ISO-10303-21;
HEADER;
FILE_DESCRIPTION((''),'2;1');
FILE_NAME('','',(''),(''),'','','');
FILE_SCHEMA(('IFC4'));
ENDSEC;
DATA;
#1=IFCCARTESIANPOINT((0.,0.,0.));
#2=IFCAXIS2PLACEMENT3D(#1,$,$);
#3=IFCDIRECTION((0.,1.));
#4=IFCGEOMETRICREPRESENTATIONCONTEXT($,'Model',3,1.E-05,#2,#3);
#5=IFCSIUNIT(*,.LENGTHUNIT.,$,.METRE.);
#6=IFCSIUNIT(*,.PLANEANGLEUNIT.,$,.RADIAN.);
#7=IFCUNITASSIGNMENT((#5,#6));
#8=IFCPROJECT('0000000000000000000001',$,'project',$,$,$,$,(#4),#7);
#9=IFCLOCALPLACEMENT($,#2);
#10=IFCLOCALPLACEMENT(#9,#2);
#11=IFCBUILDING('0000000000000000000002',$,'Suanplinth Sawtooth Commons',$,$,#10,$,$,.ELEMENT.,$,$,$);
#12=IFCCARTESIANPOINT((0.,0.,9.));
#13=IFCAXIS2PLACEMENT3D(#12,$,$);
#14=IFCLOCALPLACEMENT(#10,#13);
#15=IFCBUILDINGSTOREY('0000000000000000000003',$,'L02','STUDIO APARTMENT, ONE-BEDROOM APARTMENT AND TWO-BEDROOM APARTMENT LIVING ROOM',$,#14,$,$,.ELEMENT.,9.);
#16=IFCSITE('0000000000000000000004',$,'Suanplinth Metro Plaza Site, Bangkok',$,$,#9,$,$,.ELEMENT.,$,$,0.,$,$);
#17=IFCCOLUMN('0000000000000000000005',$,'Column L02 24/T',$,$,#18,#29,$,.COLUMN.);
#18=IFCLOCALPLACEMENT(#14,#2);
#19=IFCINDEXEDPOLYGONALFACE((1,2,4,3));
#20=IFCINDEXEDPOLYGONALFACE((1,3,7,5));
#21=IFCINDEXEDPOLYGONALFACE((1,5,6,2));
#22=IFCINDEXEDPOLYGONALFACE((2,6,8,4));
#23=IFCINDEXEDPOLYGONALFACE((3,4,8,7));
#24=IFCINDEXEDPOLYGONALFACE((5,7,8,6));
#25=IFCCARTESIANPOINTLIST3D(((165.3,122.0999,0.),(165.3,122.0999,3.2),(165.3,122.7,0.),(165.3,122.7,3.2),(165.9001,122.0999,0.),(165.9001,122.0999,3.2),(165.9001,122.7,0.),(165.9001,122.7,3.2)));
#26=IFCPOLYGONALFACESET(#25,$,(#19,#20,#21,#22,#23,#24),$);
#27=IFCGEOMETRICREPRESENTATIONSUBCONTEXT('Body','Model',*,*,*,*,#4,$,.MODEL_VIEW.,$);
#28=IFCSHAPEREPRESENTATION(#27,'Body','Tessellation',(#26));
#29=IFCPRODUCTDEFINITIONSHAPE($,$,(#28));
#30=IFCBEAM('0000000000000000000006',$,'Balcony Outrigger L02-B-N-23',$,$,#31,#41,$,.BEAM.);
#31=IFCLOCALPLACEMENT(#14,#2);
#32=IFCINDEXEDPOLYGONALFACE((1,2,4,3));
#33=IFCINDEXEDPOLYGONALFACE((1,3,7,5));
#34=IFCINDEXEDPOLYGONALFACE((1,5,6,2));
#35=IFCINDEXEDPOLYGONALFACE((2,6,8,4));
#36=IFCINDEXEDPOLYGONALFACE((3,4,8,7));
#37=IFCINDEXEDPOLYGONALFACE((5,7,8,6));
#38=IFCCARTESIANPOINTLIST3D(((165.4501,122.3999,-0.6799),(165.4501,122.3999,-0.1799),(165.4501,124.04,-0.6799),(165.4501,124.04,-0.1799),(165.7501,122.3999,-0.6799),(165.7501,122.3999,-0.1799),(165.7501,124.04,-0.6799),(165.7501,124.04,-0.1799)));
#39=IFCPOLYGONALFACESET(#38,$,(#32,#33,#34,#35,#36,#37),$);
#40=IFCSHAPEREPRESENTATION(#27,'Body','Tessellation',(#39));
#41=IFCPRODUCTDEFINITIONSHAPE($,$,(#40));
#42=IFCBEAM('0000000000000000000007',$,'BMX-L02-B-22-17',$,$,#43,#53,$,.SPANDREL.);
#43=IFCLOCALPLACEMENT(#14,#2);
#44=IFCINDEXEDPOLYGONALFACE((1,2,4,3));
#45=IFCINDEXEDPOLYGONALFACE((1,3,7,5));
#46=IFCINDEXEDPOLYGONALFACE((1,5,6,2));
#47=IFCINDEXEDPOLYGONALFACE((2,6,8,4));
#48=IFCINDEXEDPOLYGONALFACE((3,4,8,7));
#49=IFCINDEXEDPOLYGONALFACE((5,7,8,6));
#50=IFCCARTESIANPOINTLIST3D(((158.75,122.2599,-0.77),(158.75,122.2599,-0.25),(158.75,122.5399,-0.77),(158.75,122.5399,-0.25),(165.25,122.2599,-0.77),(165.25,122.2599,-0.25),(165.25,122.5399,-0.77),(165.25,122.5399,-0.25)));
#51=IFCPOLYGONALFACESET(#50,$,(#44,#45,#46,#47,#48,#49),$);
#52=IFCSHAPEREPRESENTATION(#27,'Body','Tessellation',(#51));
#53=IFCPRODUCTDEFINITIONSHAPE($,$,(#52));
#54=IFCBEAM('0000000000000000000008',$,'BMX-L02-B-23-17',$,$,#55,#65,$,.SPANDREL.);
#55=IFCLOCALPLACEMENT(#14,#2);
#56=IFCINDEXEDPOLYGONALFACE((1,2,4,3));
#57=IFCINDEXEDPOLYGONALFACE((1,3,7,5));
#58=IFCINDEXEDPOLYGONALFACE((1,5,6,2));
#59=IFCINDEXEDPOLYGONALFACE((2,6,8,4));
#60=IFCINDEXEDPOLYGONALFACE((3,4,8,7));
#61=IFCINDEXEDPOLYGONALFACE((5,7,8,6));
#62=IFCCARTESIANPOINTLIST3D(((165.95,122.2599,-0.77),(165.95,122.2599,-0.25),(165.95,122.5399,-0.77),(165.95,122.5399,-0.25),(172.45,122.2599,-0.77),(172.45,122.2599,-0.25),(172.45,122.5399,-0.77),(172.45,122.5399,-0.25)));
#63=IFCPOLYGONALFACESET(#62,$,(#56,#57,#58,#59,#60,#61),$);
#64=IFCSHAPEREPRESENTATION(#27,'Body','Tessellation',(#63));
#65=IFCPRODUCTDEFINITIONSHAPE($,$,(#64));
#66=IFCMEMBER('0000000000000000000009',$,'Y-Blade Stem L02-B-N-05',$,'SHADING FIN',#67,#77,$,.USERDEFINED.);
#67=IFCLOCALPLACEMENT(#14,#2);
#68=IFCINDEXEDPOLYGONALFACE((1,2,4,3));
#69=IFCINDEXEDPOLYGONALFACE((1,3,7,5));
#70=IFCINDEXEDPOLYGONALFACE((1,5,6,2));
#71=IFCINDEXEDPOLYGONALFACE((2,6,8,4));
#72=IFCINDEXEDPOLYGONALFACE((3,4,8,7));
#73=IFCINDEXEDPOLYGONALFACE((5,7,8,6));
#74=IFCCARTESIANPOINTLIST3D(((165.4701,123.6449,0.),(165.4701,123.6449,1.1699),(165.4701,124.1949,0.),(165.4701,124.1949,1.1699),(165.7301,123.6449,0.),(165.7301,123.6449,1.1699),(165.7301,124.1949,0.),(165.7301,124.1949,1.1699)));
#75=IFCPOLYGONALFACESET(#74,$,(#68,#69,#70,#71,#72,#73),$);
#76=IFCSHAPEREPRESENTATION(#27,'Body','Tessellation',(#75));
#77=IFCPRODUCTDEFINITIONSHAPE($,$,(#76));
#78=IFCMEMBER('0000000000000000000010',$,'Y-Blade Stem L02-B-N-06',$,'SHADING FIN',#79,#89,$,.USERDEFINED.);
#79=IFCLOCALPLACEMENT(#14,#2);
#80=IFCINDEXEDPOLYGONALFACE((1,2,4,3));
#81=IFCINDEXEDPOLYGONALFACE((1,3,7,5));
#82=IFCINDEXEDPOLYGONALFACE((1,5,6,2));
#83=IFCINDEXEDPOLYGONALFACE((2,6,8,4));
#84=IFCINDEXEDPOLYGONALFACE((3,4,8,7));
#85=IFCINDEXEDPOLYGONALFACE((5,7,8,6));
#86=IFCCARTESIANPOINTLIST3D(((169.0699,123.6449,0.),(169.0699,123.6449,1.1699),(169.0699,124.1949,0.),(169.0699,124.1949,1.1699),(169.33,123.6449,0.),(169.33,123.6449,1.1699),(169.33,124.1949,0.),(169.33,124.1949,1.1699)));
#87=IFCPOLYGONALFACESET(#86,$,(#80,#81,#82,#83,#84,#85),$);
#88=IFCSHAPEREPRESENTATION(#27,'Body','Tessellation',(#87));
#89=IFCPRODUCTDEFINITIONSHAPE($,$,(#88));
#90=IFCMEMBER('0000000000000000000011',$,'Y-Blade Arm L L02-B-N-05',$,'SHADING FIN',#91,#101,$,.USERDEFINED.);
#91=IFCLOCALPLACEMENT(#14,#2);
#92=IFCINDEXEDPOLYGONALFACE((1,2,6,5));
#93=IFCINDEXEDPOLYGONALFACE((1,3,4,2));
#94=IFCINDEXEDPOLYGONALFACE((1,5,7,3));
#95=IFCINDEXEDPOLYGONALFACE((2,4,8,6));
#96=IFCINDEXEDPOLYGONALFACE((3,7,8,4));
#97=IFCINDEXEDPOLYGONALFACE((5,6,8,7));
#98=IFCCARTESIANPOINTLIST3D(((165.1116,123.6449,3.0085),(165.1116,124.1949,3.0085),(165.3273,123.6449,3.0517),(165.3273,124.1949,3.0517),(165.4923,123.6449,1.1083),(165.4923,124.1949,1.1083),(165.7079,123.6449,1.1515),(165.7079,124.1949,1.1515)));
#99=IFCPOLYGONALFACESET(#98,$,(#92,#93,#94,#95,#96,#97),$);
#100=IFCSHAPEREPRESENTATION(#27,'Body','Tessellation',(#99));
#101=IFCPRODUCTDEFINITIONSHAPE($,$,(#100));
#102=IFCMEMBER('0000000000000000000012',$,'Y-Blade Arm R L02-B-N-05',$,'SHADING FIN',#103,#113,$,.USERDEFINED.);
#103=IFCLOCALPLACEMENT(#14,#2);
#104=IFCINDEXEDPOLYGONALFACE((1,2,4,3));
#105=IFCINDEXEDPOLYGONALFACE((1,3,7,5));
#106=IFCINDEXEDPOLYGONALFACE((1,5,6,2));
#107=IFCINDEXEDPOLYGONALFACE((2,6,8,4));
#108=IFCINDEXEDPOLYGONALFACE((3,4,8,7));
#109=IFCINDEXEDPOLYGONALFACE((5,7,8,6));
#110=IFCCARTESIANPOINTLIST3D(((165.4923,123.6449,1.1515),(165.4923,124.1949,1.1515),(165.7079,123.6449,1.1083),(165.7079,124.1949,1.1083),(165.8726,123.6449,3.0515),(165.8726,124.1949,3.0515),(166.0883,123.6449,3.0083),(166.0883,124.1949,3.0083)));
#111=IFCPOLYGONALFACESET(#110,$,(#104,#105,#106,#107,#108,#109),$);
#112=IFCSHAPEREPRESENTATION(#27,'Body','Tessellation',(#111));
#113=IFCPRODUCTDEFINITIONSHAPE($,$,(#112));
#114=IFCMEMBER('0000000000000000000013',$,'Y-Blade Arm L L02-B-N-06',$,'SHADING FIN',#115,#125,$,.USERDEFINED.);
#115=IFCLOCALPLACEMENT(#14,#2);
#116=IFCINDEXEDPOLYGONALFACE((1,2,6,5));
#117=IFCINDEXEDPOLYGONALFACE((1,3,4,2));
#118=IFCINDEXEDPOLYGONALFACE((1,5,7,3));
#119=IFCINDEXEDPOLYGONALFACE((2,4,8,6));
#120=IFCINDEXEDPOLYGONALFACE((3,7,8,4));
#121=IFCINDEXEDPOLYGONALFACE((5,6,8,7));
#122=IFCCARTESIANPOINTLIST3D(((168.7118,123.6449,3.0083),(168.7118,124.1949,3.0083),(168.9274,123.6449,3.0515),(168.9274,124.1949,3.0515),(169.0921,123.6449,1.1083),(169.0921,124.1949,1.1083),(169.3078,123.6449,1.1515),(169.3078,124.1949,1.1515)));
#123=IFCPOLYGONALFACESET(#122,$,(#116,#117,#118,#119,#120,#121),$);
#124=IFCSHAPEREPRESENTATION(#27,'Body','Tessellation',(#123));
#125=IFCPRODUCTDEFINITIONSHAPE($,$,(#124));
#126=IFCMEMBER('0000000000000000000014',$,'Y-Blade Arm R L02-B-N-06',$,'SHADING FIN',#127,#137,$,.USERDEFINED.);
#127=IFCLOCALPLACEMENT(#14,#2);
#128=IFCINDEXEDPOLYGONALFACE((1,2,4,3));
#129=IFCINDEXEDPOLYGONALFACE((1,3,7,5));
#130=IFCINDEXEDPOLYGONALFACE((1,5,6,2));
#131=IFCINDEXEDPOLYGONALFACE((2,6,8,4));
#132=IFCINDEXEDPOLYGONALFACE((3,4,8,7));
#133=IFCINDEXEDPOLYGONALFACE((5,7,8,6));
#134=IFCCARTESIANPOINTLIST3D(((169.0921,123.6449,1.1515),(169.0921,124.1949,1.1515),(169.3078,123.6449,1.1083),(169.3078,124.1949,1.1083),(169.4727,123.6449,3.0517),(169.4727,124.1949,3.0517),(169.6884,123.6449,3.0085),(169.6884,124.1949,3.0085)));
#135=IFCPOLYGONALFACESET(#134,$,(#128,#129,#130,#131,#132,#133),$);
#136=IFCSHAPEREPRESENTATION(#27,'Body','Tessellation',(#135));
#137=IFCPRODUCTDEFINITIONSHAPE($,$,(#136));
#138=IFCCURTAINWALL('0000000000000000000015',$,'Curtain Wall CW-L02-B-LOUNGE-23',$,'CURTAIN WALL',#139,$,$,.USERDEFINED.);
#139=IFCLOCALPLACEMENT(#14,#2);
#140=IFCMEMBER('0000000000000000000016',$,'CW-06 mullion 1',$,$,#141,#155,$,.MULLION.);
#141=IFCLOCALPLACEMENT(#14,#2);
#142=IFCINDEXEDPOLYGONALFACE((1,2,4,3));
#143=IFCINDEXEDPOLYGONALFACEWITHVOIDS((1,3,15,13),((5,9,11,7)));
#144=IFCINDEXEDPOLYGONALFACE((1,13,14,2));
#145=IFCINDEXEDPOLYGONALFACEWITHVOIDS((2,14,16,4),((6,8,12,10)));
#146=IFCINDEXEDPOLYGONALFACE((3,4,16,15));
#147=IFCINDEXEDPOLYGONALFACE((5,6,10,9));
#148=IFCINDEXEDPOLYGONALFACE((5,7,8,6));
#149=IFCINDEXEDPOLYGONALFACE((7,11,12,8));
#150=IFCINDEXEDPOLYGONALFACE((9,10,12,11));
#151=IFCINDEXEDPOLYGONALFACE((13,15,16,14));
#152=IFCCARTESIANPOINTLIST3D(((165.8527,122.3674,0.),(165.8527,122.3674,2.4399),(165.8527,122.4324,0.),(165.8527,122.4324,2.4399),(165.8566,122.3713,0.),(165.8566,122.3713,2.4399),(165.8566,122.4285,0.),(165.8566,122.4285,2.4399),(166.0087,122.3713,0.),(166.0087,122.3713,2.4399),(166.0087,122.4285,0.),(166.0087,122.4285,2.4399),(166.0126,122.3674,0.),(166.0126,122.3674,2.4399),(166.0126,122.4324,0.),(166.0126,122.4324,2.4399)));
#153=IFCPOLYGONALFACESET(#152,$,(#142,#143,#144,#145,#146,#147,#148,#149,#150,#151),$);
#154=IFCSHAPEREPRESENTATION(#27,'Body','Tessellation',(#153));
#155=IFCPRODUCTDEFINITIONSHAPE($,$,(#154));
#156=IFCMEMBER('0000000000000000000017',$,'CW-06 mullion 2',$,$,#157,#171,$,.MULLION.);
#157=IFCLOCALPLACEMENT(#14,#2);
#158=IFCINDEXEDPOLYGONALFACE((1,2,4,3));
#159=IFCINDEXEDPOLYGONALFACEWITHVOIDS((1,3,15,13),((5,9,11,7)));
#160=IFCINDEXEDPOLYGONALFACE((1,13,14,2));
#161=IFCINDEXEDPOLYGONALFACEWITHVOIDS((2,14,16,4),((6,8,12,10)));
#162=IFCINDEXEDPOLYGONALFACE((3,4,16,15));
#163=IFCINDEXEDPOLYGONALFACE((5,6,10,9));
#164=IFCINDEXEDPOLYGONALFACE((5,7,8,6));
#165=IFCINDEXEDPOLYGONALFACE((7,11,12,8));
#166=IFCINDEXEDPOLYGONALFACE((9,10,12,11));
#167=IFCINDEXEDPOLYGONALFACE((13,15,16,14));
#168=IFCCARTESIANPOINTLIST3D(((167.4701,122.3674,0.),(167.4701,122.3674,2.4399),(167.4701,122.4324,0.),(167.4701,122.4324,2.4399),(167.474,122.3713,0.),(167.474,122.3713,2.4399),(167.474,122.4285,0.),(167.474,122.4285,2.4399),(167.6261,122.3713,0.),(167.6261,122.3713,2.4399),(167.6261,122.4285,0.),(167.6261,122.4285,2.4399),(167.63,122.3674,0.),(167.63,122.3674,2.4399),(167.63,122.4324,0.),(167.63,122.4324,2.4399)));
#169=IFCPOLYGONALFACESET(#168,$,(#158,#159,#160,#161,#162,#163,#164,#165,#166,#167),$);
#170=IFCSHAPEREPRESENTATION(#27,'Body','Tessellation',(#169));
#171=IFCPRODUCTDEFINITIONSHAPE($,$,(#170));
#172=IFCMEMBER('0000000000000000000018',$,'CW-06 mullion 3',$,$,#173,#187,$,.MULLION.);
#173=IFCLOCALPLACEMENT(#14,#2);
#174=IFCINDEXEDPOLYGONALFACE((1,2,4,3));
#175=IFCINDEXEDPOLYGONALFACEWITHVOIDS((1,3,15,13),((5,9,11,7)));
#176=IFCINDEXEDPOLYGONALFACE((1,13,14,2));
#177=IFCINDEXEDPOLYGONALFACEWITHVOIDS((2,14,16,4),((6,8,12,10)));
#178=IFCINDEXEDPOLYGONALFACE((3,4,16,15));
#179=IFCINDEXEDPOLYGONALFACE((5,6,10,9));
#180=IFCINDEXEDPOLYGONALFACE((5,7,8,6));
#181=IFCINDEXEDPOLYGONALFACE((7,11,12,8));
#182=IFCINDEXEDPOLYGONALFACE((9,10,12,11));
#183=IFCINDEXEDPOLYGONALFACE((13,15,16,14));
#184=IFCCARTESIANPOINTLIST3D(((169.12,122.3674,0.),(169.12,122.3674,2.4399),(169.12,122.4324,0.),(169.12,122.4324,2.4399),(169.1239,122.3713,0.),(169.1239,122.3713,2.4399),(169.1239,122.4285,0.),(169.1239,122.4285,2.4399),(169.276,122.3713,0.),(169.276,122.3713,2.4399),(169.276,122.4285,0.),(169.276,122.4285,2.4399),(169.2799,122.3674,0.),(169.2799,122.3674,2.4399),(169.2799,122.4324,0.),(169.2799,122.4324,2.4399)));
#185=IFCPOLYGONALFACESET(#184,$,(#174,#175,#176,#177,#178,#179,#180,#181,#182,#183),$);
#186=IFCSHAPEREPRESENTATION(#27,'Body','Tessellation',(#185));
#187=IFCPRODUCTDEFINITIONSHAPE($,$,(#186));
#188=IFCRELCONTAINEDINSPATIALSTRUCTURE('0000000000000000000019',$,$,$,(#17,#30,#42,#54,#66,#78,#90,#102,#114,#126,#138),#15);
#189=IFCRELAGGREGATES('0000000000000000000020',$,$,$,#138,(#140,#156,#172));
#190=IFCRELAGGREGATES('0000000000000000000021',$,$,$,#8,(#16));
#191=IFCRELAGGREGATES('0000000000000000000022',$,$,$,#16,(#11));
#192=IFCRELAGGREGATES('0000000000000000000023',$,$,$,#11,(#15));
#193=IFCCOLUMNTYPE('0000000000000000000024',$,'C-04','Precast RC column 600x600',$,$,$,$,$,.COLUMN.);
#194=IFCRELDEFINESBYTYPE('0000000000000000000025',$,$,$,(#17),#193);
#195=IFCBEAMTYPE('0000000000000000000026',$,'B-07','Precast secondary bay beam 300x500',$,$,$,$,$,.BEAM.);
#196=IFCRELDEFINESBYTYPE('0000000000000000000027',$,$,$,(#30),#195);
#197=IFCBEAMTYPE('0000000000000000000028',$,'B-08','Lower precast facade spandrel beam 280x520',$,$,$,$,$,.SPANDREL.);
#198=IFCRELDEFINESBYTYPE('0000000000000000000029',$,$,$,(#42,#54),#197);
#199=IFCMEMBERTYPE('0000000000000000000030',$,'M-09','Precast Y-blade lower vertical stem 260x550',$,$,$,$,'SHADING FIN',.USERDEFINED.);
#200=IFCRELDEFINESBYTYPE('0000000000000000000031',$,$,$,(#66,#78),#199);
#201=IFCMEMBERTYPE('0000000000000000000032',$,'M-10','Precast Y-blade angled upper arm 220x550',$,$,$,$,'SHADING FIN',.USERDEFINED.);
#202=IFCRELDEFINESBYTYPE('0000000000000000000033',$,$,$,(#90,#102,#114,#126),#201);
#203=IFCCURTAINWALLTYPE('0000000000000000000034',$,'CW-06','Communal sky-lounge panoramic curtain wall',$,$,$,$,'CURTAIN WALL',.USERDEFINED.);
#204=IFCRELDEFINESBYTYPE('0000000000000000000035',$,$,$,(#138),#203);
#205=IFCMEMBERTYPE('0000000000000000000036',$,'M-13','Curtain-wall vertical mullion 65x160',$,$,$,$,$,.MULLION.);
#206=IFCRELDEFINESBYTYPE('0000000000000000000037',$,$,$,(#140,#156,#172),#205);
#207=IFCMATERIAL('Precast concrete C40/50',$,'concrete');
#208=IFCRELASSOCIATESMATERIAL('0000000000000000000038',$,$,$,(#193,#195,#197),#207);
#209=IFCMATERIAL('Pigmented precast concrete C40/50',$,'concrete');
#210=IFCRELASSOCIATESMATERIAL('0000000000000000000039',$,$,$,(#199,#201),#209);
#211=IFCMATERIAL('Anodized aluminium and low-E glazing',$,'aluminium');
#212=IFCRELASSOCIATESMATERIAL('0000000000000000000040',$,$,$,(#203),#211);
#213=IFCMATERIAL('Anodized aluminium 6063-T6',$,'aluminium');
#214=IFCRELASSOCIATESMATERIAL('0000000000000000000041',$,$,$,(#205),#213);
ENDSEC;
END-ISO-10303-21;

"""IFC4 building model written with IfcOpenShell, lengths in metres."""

from ifc_helpers import new_model, si_unit, direction, frame, origin, origin_2d, place, context, subcontext, project, spatial, rectangle, hollow_rectangle, extrude, material, material_profile, profile_set, type_object, element, aggregate, save


model = new_model("IFC4")

# Units and contexts
model_context = context("Model", 3, precision=1e-05, world=origin(), true_north=direction((0.0, 1.0)))
body_context = subcontext(model_context, "Body", "Model", "MODEL_VIEW")
ifc_project = project(units=[si_unit("LENGTHUNIT", "METRE"), si_unit("PLANEANGLEUNIT", "RADIAN")], contexts=[model_context])

# Site, building, storey
site_placement = place(None, origin())
site = spatial("IfcSite", under=ifc_project, at=site_placement, Name="Suanplinth Metro Plaza Site, Bangkok", CompositionType="ELEMENT", RefElevation=0.0)
building_placement = place(site_placement, origin())
building = spatial("IfcBuilding", under=site, at=building_placement, Name="Suanplinth Sawtooth Commons", CompositionType="ELEMENT")
storey_placement = place(building_placement, frame((0.0, 0.0, 9.0)))
storey = spatial("IfcBuildingStorey", under=building, at=storey_placement, Name="L02", Description="STUDIO APARTMENT, ONE-BEDROOM APARTMENT AND TWO-BEDROOM APARTMENT LIVING ROOM", CompositionType="ELEMENT", Elevation=9.0)

# Column
ifc_material_1 = material(Name="Precast concrete C40/50", Category="concrete")
ifc_material_profile_1 = material_profile(ifc_material_1, rectangle(XDim=0.6001, YDim=0.6001, at=origin_2d()), Name="PC-COL 600x600")
ifc_profile_set_1 = profile_set([ifc_material_profile_1], Name="Precast concrete C40/50")
column_type = type_object("IfcColumnType", Name="C-04", Description="Precast RC column 600x600", PredefinedType="COLUMN", material=ifc_profile_set_1)
column_placement = place(storey_placement, frame((165.6001, 122.3999, 0.0), z_axis=(0.0, 0.0, 1.0), x_axis=(1.0, 0.0, 0.0)))
element("IfcColumn", 1, at=column_placement, inside=storey, type_object=column_type, Name="Column L02 24/T", PredefinedType="COLUMN", context=body_context, shape_type="SweptSolid", body=[
    extrude(rectangle(XDim=0.6001, YDim=0.6001, at=origin_2d()), origin(), (0.0, 0.0, 1.0), 3.2),
])

# Beams
ifc_material_profile_2 = material_profile(ifc_material_1, rectangle(XDim=0.3, YDim=0.5, at=origin_2d()), Name="PC-BM 300x500")
ifc_profile_set_2 = profile_set([ifc_material_profile_2], Name="Precast concrete C40/50")
beam_type_1 = type_object("IfcBeamType", Name="B-07", Description="Precast secondary bay beam 300x500", PredefinedType="BEAM", material=ifc_profile_set_2)
beam_placement = place(storey_placement, frame((165.6001, 122.3999, -0.4299), z_axis=(0.0, 1.0, 0.0), x_axis=(-1.0, 0.0, 0.0)))
element("IfcBeam", 2, at=beam_placement, inside=storey, type_object=beam_type_1, Name="Balcony Outrigger L02-B-N-23", PredefinedType="BEAM", context=body_context, shape_type="SweptSolid", body=[
    extrude(rectangle(XDim=0.3, YDim=0.5, at=origin_2d()), origin(), (0.0, 0.0, 1.0), 1.6401),
])
ifc_material_profile_3 = material_profile(ifc_material_1, rectangle(XDim=0.28, YDim=0.52, at=origin_2d()), Name="PC-SP 280x520")
ifc_profile_set_3 = profile_set([ifc_material_profile_3], Name="Precast concrete C40/50")
beam_type_2 = type_object("IfcBeamType", Name="B-08", Description="Lower precast facade spandrel beam 280x520", PredefinedType="SPANDREL", material=ifc_profile_set_3)
for number, where, z_axis, x_axis, name in (
    (3, (158.75, 122.3999, -0.51), (1.0, 0.0, 0.0), (0.0, 1.0, 0.0), "BMX-L02-B-22-17"),
    (4, (165.95, 122.3999, -0.51), (1.0, 0.0, 0.0), (0.0, 1.0, 0.0), "BMX-L02-B-23-17"),
):
    element("IfcBeam", number, at=place(storey_placement, frame(where, z_axis=z_axis, x_axis=x_axis)), inside=storey, type_object=beam_type_2, Name=name, PredefinedType="SPANDREL", context=body_context, shape_type="SweptSolid", body=[
        extrude(rectangle(XDim=0.28, YDim=0.52, at=origin_2d()), origin(), (0.0, 0.0, 1.0), 6.5),
    ])

# Members
ifc_material_2 = material(Name="Pigmented precast concrete C40/50", Category="concrete")
ifc_material_profile_4 = material_profile(ifc_material_2, rectangle(XDim=0.26, YDim=0.55, at=origin_2d()), Name="PC-FIN 260x550")
ifc_profile_set_4 = profile_set([ifc_material_profile_4], Name="Pigmented precast concrete C40/50")
member_type_1 = type_object("IfcMemberType", Name="M-09", Description="Precast Y-blade lower vertical stem 260x550", ElementType="SHADING FIN", PredefinedType="USERDEFINED", material=ifc_profile_set_4)
for number, where, z_axis, x_axis, name in (
    (5, (165.6001, 123.9199, 0.0), (0.0, 0.0, 1.0), (1.0, 0.0, 0.0), "Y-Blade Stem L02-B-N-05"),
    (6, (169.2, 123.9199, 0.0), (0.0, 0.0, 1.0), (1.0, 0.0, 0.0), "Y-Blade Stem L02-B-N-06"),
):
    element("IfcMember", number, at=place(storey_placement, frame(where, z_axis=z_axis, x_axis=x_axis)), inside=storey, type_object=member_type_1, Name=name, ObjectType="SHADING FIN", PredefinedType="USERDEFINED", context=body_context, shape_type="SweptSolid", body=[
        extrude(rectangle(XDim=0.26, YDim=0.55, at=origin_2d()), origin(), (0.0, 0.0, 1.0), 1.1699),
    ])
ifc_material_profile_5 = material_profile(ifc_material_2, rectangle(XDim=0.22, YDim=0.55, at=origin_2d()), Name="PC-FIN 220x550")
ifc_profile_set_5 = profile_set([ifc_material_profile_5], Name="Pigmented precast concrete C40/50")
member_type_2 = type_object("IfcMemberType", Name="M-10", Description="Precast Y-blade angled upper arm 220x550", ElementType="SHADING FIN", PredefinedType="USERDEFINED", material=ifc_profile_set_5)
member_1_placement = place(storey_placement, frame((165.6001, 123.9199, 1.1299), z_axis=(-0.196407, 0.0, 0.980522), x_axis=(0.980522, 0.0, 0.196407)))
element("IfcMember", 7, at=member_1_placement, inside=storey, type_object=member_type_2, Name="Y-Blade Arm L L02-B-N-05", ObjectType="SHADING FIN", PredefinedType="USERDEFINED", context=body_context, shape_type="SweptSolid", body=[
    extrude(rectangle(XDim=0.22, YDim=0.55, at=origin_2d()), origin(), (0.0, 0.0, 1.0), 1.938),
])
for number, where, z_axis, x_axis, name in (
    (8, (165.6001, 123.9199, 1.1299), (0.196286, 0.0, 0.980547), (-0.980547, 0.0, 0.196286), "Y-Blade Arm R L02-B-N-05"),
    (9, (169.2, 123.9199, 1.1299), (-0.196286, 0.0, 0.980547), (0.980547, 0.0, 0.196286), "Y-Blade Arm L L02-B-N-06"),
):
    element("IfcMember", number, at=place(storey_placement, frame(where, z_axis=z_axis, x_axis=x_axis)), inside=storey, type_object=member_type_2, Name=name, ObjectType="SHADING FIN", PredefinedType="USERDEFINED", context=body_context, shape_type="SweptSolid", body=[
        extrude(rectangle(XDim=0.22, YDim=0.55, at=origin_2d()), origin(), (0.0, 0.0, 1.0), 1.9377),
    ])
member_2_placement = place(storey_placement, frame((169.2, 123.9199, 1.1299), z_axis=(0.196407, 0.0, 0.980522), x_axis=(-0.980522, 0.0, 0.196407)))
element("IfcMember", 10, at=member_2_placement, inside=storey, type_object=member_type_2, Name="Y-Blade Arm R L02-B-N-06", ObjectType="SHADING FIN", PredefinedType="USERDEFINED", context=body_context, shape_type="SweptSolid", body=[
    extrude(rectangle(XDim=0.22, YDim=0.55, at=origin_2d()), origin(), (0.0, 0.0, 1.0), 1.938),
])

# Curtain wall, members
ifc_material_3 = material(Name="Anodized aluminium and low-E glazing", Category="aluminium")
curtain_wall_type = type_object("IfcCurtainWallType", Name="CW-06", Description="Communal sky-lounge panoramic curtain wall", ElementType="CURTAIN WALL", PredefinedType="USERDEFINED", material=ifc_material_3)
curtain_wall_placement = place(storey_placement, origin())
curtain_wall = element("IfcCurtainWall", 11, at=curtain_wall_placement, inside=storey, type_object=curtain_wall_type, Name="Curtain Wall CW-L02-B-LOUNGE-23", ObjectType="CURTAIN WALL", PredefinedType="USERDEFINED")
ifc_material_4 = material(Name="Anodized aluminium 6063-T6", Category="aluminium")
ifc_material_profile_6 = material_profile(ifc_material_4, hollow_rectangle(XDim=0.0649, YDim=0.1599, WallThickness=0.0039, at=origin_2d()), Name="ALU-MUL 65x160")
ifc_profile_set_6 = profile_set([ifc_material_profile_6], Name="Anodized aluminium 6063-T6")
member_type_3 = type_object("IfcMemberType", Name="M-13", Description="Curtain-wall vertical mullion 65x160", PredefinedType="MULLION", material=ifc_profile_set_6)
member_3_placement = place(storey_placement, frame((165.9326, 122.3999, 0.0), z_axis=(0.0, 0.0, 1.0), x_axis=(0.0, 1.0, 0.0)))
member_3 = element("IfcMember", 12, at=member_3_placement, type_object=member_type_3, Name="CW-06 mullion 1", PredefinedType="MULLION", context=body_context, shape_type="SweptSolid", body=[
    extrude(hollow_rectangle(XDim=0.0649, YDim=0.1599, WallThickness=0.0039, at=origin_2d()), origin(), (0.0, 0.0, 1.0), 2.4399),
])
member_4_placement = place(storey_placement, frame((167.55, 122.3999, 0.0), z_axis=(0.0, 0.0, 1.0), x_axis=(0.0, 1.0, 0.0)))
member_4 = element("IfcMember", 13, at=member_4_placement, type_object=member_type_3, Name="CW-06 mullion 2", PredefinedType="MULLION", context=body_context, shape_type="SweptSolid", body=[
    extrude(hollow_rectangle(XDim=0.0649, YDim=0.1599, WallThickness=0.0039, at=origin_2d()), origin(), (0.0, 0.0, 1.0), 2.4399),
])
member_5_placement = place(storey_placement, frame((169.2, 122.3999, 0.0), z_axis=(0.0, 0.0, 1.0), x_axis=(0.0, 1.0, 0.0)))
member_5 = element("IfcMember", 14, at=member_5_placement, type_object=member_type_3, Name="CW-06 mullion 3", PredefinedType="MULLION", context=body_context, shape_type="SweptSolid", body=[
    extrude(hollow_rectangle(XDim=0.0649, YDim=0.1599, WallThickness=0.0039, at=origin_2d()), origin(), (0.0, 0.0, 1.0), 2.4399),
])

aggregate(curtain_wall, [member_3, member_4, member_5])

save(model, "model.ifc")
